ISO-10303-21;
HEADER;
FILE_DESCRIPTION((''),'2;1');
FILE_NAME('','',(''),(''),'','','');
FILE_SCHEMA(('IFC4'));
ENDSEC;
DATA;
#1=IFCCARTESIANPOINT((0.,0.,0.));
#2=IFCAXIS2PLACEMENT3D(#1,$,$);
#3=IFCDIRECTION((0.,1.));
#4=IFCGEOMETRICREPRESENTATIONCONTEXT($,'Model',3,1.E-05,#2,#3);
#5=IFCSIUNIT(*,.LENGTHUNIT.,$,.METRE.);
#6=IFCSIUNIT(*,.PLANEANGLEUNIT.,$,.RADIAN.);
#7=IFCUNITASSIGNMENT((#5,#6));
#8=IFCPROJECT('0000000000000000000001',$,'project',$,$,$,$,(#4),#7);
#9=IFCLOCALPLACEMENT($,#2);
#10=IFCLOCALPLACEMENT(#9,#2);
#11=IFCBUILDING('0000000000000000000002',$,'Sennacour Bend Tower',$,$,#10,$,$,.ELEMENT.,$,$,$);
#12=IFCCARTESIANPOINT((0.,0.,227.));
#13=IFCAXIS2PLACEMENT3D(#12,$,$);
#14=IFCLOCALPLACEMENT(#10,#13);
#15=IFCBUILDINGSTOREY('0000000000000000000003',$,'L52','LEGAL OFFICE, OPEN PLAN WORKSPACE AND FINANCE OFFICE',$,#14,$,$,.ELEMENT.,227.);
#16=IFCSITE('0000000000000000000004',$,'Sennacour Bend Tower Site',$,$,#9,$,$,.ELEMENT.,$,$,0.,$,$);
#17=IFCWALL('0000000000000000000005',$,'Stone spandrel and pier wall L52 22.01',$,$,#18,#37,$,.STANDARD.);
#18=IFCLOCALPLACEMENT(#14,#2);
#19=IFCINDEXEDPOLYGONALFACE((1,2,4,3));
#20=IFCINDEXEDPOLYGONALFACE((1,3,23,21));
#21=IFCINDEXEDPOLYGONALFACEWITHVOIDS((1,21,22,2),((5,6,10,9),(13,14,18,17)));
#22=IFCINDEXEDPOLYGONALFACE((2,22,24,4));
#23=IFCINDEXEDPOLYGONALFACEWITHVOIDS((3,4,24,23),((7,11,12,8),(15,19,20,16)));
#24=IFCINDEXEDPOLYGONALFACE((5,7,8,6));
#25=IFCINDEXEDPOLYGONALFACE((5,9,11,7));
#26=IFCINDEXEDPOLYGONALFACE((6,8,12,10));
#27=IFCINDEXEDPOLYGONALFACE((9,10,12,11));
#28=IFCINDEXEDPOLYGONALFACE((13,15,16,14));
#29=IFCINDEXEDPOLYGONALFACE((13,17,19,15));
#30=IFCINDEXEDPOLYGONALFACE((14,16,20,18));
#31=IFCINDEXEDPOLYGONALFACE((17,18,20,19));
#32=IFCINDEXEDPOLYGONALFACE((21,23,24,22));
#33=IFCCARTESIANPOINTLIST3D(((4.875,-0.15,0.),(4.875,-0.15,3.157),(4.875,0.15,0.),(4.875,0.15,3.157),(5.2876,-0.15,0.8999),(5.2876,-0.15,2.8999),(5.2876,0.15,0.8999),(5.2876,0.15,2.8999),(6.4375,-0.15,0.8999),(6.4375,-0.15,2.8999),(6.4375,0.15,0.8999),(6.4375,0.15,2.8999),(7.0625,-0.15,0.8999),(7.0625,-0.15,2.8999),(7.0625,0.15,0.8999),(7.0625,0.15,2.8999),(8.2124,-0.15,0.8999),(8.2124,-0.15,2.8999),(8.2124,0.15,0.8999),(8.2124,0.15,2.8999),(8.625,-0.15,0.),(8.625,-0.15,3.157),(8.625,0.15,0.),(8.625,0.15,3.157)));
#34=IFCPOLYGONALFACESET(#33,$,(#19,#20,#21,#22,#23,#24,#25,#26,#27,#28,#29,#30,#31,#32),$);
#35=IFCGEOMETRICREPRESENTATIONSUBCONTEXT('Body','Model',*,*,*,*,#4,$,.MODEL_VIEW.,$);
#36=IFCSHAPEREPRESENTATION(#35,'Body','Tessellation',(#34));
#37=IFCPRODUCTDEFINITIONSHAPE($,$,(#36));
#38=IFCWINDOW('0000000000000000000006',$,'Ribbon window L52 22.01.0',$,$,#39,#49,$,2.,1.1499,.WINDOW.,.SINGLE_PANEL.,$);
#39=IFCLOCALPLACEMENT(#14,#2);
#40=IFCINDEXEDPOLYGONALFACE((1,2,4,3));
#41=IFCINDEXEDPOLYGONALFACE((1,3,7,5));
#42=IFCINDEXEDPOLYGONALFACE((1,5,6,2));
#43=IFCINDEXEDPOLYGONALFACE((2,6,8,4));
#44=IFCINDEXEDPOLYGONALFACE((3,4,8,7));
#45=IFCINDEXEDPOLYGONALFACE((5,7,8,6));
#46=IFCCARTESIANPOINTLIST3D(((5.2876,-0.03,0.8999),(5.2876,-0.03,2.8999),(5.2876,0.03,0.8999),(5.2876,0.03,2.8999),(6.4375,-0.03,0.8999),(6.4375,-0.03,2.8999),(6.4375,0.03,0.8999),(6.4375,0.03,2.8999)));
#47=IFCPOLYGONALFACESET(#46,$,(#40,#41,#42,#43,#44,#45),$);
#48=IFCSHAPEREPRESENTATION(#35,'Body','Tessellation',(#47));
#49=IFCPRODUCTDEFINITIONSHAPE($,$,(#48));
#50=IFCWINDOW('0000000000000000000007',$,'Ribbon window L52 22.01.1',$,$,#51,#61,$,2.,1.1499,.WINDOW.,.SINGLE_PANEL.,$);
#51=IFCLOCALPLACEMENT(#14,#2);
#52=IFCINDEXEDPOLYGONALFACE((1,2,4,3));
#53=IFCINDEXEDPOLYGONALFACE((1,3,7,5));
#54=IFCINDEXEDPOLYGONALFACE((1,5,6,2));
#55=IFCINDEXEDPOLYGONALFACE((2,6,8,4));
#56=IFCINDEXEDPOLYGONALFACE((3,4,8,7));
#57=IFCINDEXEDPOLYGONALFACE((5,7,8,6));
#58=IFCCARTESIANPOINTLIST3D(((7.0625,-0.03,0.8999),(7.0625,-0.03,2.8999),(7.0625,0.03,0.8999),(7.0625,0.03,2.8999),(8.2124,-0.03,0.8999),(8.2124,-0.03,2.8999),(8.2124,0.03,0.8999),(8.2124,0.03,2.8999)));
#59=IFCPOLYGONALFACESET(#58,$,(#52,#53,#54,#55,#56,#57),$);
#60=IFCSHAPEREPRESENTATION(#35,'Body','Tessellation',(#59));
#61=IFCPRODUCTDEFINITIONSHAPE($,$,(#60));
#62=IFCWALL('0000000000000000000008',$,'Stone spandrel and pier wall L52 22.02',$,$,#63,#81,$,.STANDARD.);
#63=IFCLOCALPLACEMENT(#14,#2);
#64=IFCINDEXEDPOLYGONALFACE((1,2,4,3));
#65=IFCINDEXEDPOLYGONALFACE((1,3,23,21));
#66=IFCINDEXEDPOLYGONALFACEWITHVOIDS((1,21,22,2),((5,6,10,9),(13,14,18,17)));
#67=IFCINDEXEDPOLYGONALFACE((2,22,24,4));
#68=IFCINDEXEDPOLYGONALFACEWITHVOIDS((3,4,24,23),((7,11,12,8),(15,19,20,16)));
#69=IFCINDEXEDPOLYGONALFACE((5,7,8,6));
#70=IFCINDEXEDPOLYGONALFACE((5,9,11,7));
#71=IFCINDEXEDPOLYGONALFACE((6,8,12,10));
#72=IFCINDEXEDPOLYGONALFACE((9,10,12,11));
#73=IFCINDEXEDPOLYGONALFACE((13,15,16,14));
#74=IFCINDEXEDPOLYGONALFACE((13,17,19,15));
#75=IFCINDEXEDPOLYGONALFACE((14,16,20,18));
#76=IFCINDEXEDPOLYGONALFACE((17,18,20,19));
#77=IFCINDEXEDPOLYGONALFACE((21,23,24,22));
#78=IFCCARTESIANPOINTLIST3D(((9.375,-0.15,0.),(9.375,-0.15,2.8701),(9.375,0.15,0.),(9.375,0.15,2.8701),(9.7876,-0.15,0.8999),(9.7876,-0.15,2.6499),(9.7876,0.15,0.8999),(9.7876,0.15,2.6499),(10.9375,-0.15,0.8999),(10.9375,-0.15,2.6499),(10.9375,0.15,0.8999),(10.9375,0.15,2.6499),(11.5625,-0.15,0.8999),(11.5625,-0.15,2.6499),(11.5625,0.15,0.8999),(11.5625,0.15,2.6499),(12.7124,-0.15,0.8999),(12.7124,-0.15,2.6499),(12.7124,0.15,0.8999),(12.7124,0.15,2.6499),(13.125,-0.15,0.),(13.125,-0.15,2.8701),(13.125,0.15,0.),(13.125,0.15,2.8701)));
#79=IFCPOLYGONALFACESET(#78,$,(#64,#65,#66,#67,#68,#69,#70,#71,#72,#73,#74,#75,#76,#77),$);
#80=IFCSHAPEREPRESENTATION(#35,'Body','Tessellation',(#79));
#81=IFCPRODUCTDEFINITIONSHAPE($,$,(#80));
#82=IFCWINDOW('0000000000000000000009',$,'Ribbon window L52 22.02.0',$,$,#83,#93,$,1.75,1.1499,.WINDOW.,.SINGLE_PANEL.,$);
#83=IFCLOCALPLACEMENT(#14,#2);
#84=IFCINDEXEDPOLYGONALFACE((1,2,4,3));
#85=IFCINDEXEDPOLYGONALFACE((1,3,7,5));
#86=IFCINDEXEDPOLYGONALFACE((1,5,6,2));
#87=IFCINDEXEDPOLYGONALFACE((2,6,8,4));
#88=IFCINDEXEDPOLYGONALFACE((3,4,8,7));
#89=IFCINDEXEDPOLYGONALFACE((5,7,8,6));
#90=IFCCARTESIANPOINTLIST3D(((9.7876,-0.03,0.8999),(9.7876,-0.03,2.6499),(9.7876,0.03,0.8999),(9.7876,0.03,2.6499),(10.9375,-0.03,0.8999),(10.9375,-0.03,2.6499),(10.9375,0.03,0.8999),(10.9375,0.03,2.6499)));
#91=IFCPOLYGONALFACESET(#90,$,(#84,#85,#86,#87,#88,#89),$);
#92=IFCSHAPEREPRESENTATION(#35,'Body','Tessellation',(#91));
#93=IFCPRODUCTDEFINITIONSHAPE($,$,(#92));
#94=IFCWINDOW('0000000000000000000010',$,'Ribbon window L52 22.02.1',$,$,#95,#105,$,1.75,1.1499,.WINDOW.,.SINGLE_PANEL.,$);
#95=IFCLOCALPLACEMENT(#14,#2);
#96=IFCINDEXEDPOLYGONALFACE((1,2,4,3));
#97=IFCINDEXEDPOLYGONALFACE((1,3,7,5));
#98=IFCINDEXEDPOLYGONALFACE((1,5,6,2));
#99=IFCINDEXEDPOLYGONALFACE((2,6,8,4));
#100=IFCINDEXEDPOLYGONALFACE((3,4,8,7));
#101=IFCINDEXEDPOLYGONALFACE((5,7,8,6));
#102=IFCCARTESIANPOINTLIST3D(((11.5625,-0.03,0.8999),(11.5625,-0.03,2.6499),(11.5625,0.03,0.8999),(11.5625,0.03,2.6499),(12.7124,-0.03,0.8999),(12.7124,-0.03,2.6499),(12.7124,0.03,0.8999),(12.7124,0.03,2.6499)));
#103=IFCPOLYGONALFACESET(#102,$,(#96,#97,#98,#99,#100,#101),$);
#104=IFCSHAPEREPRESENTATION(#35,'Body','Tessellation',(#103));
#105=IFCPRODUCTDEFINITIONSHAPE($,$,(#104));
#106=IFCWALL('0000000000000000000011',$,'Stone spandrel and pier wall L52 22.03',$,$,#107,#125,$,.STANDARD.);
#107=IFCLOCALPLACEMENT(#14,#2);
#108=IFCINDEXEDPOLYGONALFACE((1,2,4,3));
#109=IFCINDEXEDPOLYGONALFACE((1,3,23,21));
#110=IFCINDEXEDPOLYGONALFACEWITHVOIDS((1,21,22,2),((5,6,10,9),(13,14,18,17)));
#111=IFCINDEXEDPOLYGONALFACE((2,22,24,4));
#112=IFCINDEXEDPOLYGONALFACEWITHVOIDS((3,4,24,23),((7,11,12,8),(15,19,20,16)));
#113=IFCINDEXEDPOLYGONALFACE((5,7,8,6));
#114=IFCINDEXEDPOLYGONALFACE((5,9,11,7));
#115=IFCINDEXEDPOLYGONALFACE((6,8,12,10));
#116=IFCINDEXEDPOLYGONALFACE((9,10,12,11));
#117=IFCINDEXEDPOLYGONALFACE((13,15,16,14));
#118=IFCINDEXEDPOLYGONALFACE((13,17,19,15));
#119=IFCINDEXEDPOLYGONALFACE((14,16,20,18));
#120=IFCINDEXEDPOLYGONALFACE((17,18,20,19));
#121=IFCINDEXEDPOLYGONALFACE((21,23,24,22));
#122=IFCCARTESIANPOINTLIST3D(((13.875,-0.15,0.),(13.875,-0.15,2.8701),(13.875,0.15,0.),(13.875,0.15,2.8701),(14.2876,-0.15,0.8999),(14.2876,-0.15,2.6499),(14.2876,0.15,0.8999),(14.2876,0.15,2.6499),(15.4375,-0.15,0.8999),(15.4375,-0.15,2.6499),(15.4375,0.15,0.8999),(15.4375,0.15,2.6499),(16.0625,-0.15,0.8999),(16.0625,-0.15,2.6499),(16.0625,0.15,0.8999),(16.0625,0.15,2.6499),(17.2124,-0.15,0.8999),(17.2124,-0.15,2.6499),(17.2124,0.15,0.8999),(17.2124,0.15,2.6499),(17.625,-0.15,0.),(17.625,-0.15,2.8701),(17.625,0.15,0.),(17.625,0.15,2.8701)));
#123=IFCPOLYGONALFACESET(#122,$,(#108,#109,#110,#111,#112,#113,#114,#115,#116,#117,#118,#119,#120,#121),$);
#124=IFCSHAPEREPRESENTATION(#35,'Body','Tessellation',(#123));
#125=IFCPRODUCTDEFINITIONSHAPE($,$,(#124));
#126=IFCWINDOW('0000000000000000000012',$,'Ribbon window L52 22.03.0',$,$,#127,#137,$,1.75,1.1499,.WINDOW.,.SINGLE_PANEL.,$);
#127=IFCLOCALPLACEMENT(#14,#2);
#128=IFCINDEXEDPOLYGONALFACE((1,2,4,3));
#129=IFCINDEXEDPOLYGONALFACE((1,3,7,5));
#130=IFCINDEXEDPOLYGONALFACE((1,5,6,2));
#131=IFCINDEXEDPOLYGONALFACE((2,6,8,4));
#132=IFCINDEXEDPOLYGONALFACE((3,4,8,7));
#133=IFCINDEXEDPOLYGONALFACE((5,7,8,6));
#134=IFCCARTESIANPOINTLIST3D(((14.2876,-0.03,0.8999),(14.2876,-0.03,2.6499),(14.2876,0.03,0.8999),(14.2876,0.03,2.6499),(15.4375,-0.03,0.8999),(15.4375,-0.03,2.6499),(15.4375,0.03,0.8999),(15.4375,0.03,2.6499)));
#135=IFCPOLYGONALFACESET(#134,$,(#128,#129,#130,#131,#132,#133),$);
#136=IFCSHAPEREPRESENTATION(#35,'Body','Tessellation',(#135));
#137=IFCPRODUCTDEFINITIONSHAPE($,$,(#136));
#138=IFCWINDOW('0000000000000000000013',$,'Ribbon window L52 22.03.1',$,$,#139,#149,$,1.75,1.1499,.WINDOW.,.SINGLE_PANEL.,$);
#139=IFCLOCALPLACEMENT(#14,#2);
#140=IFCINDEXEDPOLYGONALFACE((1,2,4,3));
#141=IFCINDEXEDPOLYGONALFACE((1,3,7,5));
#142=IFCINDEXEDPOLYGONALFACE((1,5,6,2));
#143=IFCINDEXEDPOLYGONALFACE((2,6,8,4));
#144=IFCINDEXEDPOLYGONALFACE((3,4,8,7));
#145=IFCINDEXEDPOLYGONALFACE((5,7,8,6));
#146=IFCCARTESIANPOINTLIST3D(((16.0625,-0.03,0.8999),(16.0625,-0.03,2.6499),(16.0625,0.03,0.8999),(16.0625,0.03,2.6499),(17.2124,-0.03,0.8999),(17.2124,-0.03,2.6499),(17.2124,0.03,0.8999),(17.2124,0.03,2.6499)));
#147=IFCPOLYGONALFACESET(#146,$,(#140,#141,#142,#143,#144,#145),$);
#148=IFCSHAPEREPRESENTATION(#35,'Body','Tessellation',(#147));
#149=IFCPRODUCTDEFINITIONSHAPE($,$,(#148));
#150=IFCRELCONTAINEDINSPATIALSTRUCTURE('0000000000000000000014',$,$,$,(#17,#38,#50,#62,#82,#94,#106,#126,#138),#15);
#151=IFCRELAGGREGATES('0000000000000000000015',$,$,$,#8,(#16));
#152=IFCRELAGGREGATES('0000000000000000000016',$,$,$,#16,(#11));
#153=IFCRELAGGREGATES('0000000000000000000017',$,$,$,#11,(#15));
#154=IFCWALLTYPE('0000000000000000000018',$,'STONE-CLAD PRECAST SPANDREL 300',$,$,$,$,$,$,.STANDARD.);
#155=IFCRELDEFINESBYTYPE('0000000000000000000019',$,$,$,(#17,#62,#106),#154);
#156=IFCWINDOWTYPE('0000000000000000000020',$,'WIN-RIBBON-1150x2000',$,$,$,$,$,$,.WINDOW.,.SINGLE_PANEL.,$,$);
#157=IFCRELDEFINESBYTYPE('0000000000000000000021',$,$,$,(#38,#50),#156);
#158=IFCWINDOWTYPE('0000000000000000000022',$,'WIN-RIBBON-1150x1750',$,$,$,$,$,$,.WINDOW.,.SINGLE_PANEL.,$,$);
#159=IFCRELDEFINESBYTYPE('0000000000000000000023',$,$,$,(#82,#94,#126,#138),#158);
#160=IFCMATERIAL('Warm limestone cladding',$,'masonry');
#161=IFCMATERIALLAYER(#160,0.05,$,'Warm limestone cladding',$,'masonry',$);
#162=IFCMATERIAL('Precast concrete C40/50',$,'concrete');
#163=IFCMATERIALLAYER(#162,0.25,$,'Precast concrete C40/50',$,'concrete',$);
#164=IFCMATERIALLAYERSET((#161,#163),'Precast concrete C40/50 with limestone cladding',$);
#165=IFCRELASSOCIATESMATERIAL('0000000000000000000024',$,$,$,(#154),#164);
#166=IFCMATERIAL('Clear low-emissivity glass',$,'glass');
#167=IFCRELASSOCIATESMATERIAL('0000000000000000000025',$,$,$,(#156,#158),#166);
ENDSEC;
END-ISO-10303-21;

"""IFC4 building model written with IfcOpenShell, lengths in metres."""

from ifc_helpers import new_model, si_unit, direction, frame, frame_2d, origin, place, context, subcontext, project, spatial, rectangle, extrude, material, layer, layer_set, type_object, element, fill, save


model = new_model("IFC4")

# Units and contexts
model_context = context("Model", 3, precision=1e-05, world=origin(), true_north=direction((0.0, 1.0)))
body_context = subcontext(model_context, "Body", "Model", "MODEL_VIEW")
ifc_project = project(units=[si_unit("LENGTHUNIT", "METRE"), si_unit("PLANEANGLEUNIT", "RADIAN")], contexts=[model_context])

# Site, building, storey
site_placement = place(None, origin())
site = spatial("IfcSite", under=ifc_project, at=site_placement, Name="Sennacour Bend Tower Site", CompositionType="ELEMENT", RefElevation=0.0)
building_placement = place(site_placement, origin())
building = spatial("IfcBuilding", under=site, at=building_placement, Name="Sennacour Bend Tower", CompositionType="ELEMENT")
storey_placement = place(building_placement, frame((0.0, 0.0, 227.0)))
storey = spatial("IfcBuildingStorey", under=building, at=storey_placement, Name="L52", Description="LEGAL OFFICE, OPEN PLAN WORKSPACE AND FINANCE OFFICE", CompositionType="ELEMENT", Elevation=227.0)

# Walls, openings, windows
ifc_material_1 = material(Name="Warm limestone cladding", Category="masonry")
ifc_layer_1 = layer(ifc_material_1, 0.05, Name="Warm limestone cladding", Category="masonry")
ifc_material_2 = material(Name="Precast concrete C40/50", Category="concrete")
ifc_layer_2 = layer(ifc_material_2, 0.25, Name="Precast concrete C40/50", Category="concrete")
ifc_layer_set_1 = layer_set([ifc_layer_1, ifc_layer_2], Name="Precast concrete C40/50 with limestone cladding")
wall_type_1 = type_object("IfcWallType", Name="STONE-CLAD PRECAST SPANDREL 300", PredefinedType="STANDARD", material=ifc_layer_set_1)
wall_1_placement = place(storey_placement, frame((4.875, 0.0, 0.0), z_axis=(0.0, 0.0, 1.0), x_axis=(1.0, 0.0, 0.0)))
wall_1 = element("IfcWall", 1, at=wall_1_placement, inside=storey, type_object=wall_type_1, Name="Stone spandrel and pier wall L52 22.01", PredefinedType="STANDARD", context=body_context, shape_type="SweptSolid", body=[
    extrude(rectangle(XDim=3.75, YDim=0.3, at=frame_2d((1.875, 0.0))), origin(), (0.0, 0.0, 1.0), 3.157),
])
opening_1_placement = place(wall_1_placement, frame((0.4126, 0.0, 0.8999)))
opening_1 = element("IfcOpeningElement", 2, at=opening_1_placement, cuts=wall_1, PredefinedType="OPENING", context=body_context, shape_type="SweptSolid", body=[
    extrude(rectangle(XDim=1.1499, YDim=2.0, at=frame_2d((0.575, 1.0))), frame((0.0, 0.1602, 0.0), z_axis=(0.0, -1.0, 0.0), x_axis=(1.0, 0.0, 0.0)), (0.0, 0.0, 1.0), 0.3201),
])
opening_2_placement = place(wall_1_placement, frame((2.1875, 0.0, 0.8999)))
opening_2 = element("IfcOpeningElement", 3, at=opening_2_placement, cuts=wall_1, PredefinedType="OPENING", context=body_context, shape_type="SweptSolid", body=[
    extrude(rectangle(XDim=1.1499, YDim=2.0, at=frame_2d((0.575, 1.0))), frame((0.0, 0.1602, 0.0), z_axis=(0.0, -1.0, 0.0), x_axis=(1.0, 0.0, 0.0)), (0.0, 0.0, 1.0), 0.3201),
])
ifc_material_3 = material(Name="Clear low-emissivity glass", Category="glass")
window_type_1 = type_object("IfcWindowType", Name="WIN-RIBBON-1150x2000", PartitioningType="SINGLE_PANEL", PredefinedType="WINDOW", material=ifc_material_3)
window_1_placement = place(opening_1_placement, origin())
window_1 = element("IfcWindow", 4, at=window_1_placement, inside=storey, type_object=window_type_1, Name="Ribbon window L52 22.01.0", OverallHeight=2.0, OverallWidth=1.1499, PartitioningType="SINGLE_PANEL", PredefinedType="WINDOW", context=body_context, shape_type="SweptSolid", body=[
    extrude(rectangle(XDim=1.1499, YDim=2.0, at=frame_2d((0.575, 1.0))), frame((0.0, 0.03, 0.0), z_axis=(0.0, -1.0, 0.0), x_axis=(1.0, 0.0, 0.0)), (0.0, 0.0, 1.0), 0.0601),
])
fill(opening_1, window_1)
window_2_placement = place(opening_2_placement, origin())
window_2 = element("IfcWindow", 5, at=window_2_placement, inside=storey, type_object=window_type_1, Name="Ribbon window L52 22.01.1", OverallHeight=2.0, OverallWidth=1.1499, PartitioningType="SINGLE_PANEL", PredefinedType="WINDOW", context=body_context, shape_type="SweptSolid", body=[
    extrude(rectangle(XDim=1.1499, YDim=2.0, at=frame_2d((0.575, 1.0))), frame((0.0, 0.03, 0.0), z_axis=(0.0, -1.0, 0.0), x_axis=(1.0, 0.0, 0.0)), (0.0, 0.0, 1.0), 0.0601),
])
fill(opening_2, window_2)
wall_2_placement = place(storey_placement, frame((9.375, 0.0, 0.0), z_axis=(0.0, 0.0, 1.0), x_axis=(1.0, 0.0, 0.0)))
wall_2 = element("IfcWall", 6, at=wall_2_placement, inside=storey, type_object=wall_type_1, Name="Stone spandrel and pier wall L52 22.02", PredefinedType="STANDARD", context=body_context, shape_type="SweptSolid", body=[
    extrude(rectangle(XDim=3.75, YDim=0.3, at=frame_2d((1.875, 0.0))), origin(), (0.0, 0.0, 1.0), 2.8701),
])
opening_3_placement = place(wall_2_placement, frame((0.4126, 0.0, 0.8999)))
opening_3 = element("IfcOpeningElement", 7, at=opening_3_placement, cuts=wall_2, PredefinedType="OPENING", context=body_context, shape_type="SweptSolid", body=[
    extrude(rectangle(XDim=1.1499, YDim=1.75, at=frame_2d((0.575, 0.875))), frame((0.0, 0.1602, 0.0), z_axis=(0.0, -1.0, 0.0), x_axis=(1.0, 0.0, 0.0)), (0.0, 0.0, 1.0), 0.3201),
])
opening_4_placement = place(wall_2_placement, frame((2.1875, 0.0, 0.8999)))
opening_4 = element("IfcOpeningElement", 8, at=opening_4_placement, cuts=wall_2, PredefinedType="OPENING", context=body_context, shape_type="SweptSolid", body=[
    extrude(rectangle(XDim=1.1499, YDim=1.75, at=frame_2d((0.575, 0.875))), frame((0.0, 0.1602, 0.0), z_axis=(0.0, -1.0, 0.0), x_axis=(1.0, 0.0, 0.0)), (0.0, 0.0, 1.0), 0.3201),
])
window_type_2 = type_object("IfcWindowType", Name="WIN-RIBBON-1150x1750", PartitioningType="SINGLE_PANEL", PredefinedType="WINDOW", material=ifc_material_3)
window_3_placement = place(opening_3_placement, origin())
window_3 = element("IfcWindow", 9, at=window_3_placement, inside=storey, type_object=window_type_2, Name="Ribbon window L52 22.02.0", OverallHeight=1.75, OverallWidth=1.1499, PartitioningType="SINGLE_PANEL", PredefinedType="WINDOW", context=body_context, shape_type="SweptSolid", body=[
    extrude(rectangle(XDim=1.1499, YDim=1.75, at=frame_2d((0.575, 0.875))), frame((0.0, 0.03, 0.0), z_axis=(0.0, -1.0, 0.0), x_axis=(1.0, 0.0, 0.0)), (0.0, 0.0, 1.0), 0.0601),
])
fill(opening_3, window_3)
window_4_placement = place(opening_4_placement, origin())
window_4 = element("IfcWindow", 10, at=window_4_placement, inside=storey, type_object=window_type_2, Name="Ribbon window L52 22.02.1", OverallHeight=1.75, OverallWidth=1.1499, PartitioningType="SINGLE_PANEL", PredefinedType="WINDOW", context=body_context, shape_type="SweptSolid", body=[
    extrude(rectangle(XDim=1.1499, YDim=1.75, at=frame_2d((0.575, 0.875))), frame((0.0, 0.03, 0.0), z_axis=(0.0, -1.0, 0.0), x_axis=(1.0, 0.0, 0.0)), (0.0, 0.0, 1.0), 0.0601),
])
fill(opening_4, window_4)
wall_3_placement = place(storey_placement, frame((13.875, 0.0, 0.0), z_axis=(0.0, 0.0, 1.0), x_axis=(1.0, 0.0, 0.0)))
wall_3 = element("IfcWall", 11, at=wall_3_placement, inside=storey, type_object=wall_type_1, Name="Stone spandrel and pier wall L52 22.03", PredefinedType="STANDARD", context=body_context, shape_type="SweptSolid", body=[
    extrude(rectangle(XDim=3.75, YDim=0.3, at=frame_2d((1.875, 0.0))), origin(), (0.0, 0.0, 1.0), 2.8701),
])
opening_5_placement = place(wall_3_placement, frame((0.4126, 0.0, 0.8999)))
opening_5 = element("IfcOpeningElement", 12, at=opening_5_placement, cuts=wall_3, PredefinedType="OPENING", context=body_context, shape_type="SweptSolid", body=[
    extrude(rectangle(XDim=1.1499, YDim=1.75, at=frame_2d((0.575, 0.875))), frame((0.0, 0.1602, 0.0), z_axis=(0.0, -1.0, 0.0), x_axis=(1.0, 0.0, 0.0)), (0.0, 0.0, 1.0), 0.3201),
])
opening_6_placement = place(wall_3_placement, frame((2.1875, 0.0, 0.8999)))
opening_6 = element("IfcOpeningElement", 13, at=opening_6_placement, cuts=wall_3, PredefinedType="OPENING", context=body_context, shape_type="SweptSolid", body=[
    extrude(rectangle(XDim=1.1499, YDim=1.75, at=frame_2d((0.575, 0.875))), frame((0.0, 0.1602, 0.0), z_axis=(0.0, -1.0, 0.0), x_axis=(1.0, 0.0, 0.0)), (0.0, 0.0, 1.0), 0.3201),
])
window_5_placement = place(opening_5_placement, origin())
window_5 = element("IfcWindow", 14, at=window_5_placement, inside=storey, type_object=window_type_2, Name="Ribbon window L52 22.03.0", OverallHeight=1.75, OverallWidth=1.1499, PartitioningType="SINGLE_PANEL", PredefinedType="WINDOW", context=body_context, shape_type="SweptSolid", body=[
    extrude(rectangle(XDim=1.1499, YDim=1.75, at=frame_2d((0.575, 0.875))), frame((0.0, 0.03, 0.0), z_axis=(0.0, -1.0, 0.0), x_axis=(1.0, 0.0, 0.0)), (0.0, 0.0, 1.0), 0.0601),
])
fill(opening_5, window_5)
window_6_placement = place(opening_6_placement, origin())
window_6 = element("IfcWindow", 15, at=window_6_placement, inside=storey, type_object=window_type_2, Name="Ribbon window L52 22.03.1", OverallHeight=1.75, OverallWidth=1.1499, PartitioningType="SINGLE_PANEL", PredefinedType="WINDOW", context=body_context, shape_type="SweptSolid", body=[
    extrude(rectangle(XDim=1.1499, YDim=1.75, at=frame_2d((0.575, 0.875))), frame((0.0, 0.03, 0.0), z_axis=(0.0, -1.0, 0.0), x_axis=(1.0, 0.0, 0.0)), (0.0, 0.0, 1.0), 0.0601),
])
fill(opening_6, window_6)

save(model, "model.ifc")
